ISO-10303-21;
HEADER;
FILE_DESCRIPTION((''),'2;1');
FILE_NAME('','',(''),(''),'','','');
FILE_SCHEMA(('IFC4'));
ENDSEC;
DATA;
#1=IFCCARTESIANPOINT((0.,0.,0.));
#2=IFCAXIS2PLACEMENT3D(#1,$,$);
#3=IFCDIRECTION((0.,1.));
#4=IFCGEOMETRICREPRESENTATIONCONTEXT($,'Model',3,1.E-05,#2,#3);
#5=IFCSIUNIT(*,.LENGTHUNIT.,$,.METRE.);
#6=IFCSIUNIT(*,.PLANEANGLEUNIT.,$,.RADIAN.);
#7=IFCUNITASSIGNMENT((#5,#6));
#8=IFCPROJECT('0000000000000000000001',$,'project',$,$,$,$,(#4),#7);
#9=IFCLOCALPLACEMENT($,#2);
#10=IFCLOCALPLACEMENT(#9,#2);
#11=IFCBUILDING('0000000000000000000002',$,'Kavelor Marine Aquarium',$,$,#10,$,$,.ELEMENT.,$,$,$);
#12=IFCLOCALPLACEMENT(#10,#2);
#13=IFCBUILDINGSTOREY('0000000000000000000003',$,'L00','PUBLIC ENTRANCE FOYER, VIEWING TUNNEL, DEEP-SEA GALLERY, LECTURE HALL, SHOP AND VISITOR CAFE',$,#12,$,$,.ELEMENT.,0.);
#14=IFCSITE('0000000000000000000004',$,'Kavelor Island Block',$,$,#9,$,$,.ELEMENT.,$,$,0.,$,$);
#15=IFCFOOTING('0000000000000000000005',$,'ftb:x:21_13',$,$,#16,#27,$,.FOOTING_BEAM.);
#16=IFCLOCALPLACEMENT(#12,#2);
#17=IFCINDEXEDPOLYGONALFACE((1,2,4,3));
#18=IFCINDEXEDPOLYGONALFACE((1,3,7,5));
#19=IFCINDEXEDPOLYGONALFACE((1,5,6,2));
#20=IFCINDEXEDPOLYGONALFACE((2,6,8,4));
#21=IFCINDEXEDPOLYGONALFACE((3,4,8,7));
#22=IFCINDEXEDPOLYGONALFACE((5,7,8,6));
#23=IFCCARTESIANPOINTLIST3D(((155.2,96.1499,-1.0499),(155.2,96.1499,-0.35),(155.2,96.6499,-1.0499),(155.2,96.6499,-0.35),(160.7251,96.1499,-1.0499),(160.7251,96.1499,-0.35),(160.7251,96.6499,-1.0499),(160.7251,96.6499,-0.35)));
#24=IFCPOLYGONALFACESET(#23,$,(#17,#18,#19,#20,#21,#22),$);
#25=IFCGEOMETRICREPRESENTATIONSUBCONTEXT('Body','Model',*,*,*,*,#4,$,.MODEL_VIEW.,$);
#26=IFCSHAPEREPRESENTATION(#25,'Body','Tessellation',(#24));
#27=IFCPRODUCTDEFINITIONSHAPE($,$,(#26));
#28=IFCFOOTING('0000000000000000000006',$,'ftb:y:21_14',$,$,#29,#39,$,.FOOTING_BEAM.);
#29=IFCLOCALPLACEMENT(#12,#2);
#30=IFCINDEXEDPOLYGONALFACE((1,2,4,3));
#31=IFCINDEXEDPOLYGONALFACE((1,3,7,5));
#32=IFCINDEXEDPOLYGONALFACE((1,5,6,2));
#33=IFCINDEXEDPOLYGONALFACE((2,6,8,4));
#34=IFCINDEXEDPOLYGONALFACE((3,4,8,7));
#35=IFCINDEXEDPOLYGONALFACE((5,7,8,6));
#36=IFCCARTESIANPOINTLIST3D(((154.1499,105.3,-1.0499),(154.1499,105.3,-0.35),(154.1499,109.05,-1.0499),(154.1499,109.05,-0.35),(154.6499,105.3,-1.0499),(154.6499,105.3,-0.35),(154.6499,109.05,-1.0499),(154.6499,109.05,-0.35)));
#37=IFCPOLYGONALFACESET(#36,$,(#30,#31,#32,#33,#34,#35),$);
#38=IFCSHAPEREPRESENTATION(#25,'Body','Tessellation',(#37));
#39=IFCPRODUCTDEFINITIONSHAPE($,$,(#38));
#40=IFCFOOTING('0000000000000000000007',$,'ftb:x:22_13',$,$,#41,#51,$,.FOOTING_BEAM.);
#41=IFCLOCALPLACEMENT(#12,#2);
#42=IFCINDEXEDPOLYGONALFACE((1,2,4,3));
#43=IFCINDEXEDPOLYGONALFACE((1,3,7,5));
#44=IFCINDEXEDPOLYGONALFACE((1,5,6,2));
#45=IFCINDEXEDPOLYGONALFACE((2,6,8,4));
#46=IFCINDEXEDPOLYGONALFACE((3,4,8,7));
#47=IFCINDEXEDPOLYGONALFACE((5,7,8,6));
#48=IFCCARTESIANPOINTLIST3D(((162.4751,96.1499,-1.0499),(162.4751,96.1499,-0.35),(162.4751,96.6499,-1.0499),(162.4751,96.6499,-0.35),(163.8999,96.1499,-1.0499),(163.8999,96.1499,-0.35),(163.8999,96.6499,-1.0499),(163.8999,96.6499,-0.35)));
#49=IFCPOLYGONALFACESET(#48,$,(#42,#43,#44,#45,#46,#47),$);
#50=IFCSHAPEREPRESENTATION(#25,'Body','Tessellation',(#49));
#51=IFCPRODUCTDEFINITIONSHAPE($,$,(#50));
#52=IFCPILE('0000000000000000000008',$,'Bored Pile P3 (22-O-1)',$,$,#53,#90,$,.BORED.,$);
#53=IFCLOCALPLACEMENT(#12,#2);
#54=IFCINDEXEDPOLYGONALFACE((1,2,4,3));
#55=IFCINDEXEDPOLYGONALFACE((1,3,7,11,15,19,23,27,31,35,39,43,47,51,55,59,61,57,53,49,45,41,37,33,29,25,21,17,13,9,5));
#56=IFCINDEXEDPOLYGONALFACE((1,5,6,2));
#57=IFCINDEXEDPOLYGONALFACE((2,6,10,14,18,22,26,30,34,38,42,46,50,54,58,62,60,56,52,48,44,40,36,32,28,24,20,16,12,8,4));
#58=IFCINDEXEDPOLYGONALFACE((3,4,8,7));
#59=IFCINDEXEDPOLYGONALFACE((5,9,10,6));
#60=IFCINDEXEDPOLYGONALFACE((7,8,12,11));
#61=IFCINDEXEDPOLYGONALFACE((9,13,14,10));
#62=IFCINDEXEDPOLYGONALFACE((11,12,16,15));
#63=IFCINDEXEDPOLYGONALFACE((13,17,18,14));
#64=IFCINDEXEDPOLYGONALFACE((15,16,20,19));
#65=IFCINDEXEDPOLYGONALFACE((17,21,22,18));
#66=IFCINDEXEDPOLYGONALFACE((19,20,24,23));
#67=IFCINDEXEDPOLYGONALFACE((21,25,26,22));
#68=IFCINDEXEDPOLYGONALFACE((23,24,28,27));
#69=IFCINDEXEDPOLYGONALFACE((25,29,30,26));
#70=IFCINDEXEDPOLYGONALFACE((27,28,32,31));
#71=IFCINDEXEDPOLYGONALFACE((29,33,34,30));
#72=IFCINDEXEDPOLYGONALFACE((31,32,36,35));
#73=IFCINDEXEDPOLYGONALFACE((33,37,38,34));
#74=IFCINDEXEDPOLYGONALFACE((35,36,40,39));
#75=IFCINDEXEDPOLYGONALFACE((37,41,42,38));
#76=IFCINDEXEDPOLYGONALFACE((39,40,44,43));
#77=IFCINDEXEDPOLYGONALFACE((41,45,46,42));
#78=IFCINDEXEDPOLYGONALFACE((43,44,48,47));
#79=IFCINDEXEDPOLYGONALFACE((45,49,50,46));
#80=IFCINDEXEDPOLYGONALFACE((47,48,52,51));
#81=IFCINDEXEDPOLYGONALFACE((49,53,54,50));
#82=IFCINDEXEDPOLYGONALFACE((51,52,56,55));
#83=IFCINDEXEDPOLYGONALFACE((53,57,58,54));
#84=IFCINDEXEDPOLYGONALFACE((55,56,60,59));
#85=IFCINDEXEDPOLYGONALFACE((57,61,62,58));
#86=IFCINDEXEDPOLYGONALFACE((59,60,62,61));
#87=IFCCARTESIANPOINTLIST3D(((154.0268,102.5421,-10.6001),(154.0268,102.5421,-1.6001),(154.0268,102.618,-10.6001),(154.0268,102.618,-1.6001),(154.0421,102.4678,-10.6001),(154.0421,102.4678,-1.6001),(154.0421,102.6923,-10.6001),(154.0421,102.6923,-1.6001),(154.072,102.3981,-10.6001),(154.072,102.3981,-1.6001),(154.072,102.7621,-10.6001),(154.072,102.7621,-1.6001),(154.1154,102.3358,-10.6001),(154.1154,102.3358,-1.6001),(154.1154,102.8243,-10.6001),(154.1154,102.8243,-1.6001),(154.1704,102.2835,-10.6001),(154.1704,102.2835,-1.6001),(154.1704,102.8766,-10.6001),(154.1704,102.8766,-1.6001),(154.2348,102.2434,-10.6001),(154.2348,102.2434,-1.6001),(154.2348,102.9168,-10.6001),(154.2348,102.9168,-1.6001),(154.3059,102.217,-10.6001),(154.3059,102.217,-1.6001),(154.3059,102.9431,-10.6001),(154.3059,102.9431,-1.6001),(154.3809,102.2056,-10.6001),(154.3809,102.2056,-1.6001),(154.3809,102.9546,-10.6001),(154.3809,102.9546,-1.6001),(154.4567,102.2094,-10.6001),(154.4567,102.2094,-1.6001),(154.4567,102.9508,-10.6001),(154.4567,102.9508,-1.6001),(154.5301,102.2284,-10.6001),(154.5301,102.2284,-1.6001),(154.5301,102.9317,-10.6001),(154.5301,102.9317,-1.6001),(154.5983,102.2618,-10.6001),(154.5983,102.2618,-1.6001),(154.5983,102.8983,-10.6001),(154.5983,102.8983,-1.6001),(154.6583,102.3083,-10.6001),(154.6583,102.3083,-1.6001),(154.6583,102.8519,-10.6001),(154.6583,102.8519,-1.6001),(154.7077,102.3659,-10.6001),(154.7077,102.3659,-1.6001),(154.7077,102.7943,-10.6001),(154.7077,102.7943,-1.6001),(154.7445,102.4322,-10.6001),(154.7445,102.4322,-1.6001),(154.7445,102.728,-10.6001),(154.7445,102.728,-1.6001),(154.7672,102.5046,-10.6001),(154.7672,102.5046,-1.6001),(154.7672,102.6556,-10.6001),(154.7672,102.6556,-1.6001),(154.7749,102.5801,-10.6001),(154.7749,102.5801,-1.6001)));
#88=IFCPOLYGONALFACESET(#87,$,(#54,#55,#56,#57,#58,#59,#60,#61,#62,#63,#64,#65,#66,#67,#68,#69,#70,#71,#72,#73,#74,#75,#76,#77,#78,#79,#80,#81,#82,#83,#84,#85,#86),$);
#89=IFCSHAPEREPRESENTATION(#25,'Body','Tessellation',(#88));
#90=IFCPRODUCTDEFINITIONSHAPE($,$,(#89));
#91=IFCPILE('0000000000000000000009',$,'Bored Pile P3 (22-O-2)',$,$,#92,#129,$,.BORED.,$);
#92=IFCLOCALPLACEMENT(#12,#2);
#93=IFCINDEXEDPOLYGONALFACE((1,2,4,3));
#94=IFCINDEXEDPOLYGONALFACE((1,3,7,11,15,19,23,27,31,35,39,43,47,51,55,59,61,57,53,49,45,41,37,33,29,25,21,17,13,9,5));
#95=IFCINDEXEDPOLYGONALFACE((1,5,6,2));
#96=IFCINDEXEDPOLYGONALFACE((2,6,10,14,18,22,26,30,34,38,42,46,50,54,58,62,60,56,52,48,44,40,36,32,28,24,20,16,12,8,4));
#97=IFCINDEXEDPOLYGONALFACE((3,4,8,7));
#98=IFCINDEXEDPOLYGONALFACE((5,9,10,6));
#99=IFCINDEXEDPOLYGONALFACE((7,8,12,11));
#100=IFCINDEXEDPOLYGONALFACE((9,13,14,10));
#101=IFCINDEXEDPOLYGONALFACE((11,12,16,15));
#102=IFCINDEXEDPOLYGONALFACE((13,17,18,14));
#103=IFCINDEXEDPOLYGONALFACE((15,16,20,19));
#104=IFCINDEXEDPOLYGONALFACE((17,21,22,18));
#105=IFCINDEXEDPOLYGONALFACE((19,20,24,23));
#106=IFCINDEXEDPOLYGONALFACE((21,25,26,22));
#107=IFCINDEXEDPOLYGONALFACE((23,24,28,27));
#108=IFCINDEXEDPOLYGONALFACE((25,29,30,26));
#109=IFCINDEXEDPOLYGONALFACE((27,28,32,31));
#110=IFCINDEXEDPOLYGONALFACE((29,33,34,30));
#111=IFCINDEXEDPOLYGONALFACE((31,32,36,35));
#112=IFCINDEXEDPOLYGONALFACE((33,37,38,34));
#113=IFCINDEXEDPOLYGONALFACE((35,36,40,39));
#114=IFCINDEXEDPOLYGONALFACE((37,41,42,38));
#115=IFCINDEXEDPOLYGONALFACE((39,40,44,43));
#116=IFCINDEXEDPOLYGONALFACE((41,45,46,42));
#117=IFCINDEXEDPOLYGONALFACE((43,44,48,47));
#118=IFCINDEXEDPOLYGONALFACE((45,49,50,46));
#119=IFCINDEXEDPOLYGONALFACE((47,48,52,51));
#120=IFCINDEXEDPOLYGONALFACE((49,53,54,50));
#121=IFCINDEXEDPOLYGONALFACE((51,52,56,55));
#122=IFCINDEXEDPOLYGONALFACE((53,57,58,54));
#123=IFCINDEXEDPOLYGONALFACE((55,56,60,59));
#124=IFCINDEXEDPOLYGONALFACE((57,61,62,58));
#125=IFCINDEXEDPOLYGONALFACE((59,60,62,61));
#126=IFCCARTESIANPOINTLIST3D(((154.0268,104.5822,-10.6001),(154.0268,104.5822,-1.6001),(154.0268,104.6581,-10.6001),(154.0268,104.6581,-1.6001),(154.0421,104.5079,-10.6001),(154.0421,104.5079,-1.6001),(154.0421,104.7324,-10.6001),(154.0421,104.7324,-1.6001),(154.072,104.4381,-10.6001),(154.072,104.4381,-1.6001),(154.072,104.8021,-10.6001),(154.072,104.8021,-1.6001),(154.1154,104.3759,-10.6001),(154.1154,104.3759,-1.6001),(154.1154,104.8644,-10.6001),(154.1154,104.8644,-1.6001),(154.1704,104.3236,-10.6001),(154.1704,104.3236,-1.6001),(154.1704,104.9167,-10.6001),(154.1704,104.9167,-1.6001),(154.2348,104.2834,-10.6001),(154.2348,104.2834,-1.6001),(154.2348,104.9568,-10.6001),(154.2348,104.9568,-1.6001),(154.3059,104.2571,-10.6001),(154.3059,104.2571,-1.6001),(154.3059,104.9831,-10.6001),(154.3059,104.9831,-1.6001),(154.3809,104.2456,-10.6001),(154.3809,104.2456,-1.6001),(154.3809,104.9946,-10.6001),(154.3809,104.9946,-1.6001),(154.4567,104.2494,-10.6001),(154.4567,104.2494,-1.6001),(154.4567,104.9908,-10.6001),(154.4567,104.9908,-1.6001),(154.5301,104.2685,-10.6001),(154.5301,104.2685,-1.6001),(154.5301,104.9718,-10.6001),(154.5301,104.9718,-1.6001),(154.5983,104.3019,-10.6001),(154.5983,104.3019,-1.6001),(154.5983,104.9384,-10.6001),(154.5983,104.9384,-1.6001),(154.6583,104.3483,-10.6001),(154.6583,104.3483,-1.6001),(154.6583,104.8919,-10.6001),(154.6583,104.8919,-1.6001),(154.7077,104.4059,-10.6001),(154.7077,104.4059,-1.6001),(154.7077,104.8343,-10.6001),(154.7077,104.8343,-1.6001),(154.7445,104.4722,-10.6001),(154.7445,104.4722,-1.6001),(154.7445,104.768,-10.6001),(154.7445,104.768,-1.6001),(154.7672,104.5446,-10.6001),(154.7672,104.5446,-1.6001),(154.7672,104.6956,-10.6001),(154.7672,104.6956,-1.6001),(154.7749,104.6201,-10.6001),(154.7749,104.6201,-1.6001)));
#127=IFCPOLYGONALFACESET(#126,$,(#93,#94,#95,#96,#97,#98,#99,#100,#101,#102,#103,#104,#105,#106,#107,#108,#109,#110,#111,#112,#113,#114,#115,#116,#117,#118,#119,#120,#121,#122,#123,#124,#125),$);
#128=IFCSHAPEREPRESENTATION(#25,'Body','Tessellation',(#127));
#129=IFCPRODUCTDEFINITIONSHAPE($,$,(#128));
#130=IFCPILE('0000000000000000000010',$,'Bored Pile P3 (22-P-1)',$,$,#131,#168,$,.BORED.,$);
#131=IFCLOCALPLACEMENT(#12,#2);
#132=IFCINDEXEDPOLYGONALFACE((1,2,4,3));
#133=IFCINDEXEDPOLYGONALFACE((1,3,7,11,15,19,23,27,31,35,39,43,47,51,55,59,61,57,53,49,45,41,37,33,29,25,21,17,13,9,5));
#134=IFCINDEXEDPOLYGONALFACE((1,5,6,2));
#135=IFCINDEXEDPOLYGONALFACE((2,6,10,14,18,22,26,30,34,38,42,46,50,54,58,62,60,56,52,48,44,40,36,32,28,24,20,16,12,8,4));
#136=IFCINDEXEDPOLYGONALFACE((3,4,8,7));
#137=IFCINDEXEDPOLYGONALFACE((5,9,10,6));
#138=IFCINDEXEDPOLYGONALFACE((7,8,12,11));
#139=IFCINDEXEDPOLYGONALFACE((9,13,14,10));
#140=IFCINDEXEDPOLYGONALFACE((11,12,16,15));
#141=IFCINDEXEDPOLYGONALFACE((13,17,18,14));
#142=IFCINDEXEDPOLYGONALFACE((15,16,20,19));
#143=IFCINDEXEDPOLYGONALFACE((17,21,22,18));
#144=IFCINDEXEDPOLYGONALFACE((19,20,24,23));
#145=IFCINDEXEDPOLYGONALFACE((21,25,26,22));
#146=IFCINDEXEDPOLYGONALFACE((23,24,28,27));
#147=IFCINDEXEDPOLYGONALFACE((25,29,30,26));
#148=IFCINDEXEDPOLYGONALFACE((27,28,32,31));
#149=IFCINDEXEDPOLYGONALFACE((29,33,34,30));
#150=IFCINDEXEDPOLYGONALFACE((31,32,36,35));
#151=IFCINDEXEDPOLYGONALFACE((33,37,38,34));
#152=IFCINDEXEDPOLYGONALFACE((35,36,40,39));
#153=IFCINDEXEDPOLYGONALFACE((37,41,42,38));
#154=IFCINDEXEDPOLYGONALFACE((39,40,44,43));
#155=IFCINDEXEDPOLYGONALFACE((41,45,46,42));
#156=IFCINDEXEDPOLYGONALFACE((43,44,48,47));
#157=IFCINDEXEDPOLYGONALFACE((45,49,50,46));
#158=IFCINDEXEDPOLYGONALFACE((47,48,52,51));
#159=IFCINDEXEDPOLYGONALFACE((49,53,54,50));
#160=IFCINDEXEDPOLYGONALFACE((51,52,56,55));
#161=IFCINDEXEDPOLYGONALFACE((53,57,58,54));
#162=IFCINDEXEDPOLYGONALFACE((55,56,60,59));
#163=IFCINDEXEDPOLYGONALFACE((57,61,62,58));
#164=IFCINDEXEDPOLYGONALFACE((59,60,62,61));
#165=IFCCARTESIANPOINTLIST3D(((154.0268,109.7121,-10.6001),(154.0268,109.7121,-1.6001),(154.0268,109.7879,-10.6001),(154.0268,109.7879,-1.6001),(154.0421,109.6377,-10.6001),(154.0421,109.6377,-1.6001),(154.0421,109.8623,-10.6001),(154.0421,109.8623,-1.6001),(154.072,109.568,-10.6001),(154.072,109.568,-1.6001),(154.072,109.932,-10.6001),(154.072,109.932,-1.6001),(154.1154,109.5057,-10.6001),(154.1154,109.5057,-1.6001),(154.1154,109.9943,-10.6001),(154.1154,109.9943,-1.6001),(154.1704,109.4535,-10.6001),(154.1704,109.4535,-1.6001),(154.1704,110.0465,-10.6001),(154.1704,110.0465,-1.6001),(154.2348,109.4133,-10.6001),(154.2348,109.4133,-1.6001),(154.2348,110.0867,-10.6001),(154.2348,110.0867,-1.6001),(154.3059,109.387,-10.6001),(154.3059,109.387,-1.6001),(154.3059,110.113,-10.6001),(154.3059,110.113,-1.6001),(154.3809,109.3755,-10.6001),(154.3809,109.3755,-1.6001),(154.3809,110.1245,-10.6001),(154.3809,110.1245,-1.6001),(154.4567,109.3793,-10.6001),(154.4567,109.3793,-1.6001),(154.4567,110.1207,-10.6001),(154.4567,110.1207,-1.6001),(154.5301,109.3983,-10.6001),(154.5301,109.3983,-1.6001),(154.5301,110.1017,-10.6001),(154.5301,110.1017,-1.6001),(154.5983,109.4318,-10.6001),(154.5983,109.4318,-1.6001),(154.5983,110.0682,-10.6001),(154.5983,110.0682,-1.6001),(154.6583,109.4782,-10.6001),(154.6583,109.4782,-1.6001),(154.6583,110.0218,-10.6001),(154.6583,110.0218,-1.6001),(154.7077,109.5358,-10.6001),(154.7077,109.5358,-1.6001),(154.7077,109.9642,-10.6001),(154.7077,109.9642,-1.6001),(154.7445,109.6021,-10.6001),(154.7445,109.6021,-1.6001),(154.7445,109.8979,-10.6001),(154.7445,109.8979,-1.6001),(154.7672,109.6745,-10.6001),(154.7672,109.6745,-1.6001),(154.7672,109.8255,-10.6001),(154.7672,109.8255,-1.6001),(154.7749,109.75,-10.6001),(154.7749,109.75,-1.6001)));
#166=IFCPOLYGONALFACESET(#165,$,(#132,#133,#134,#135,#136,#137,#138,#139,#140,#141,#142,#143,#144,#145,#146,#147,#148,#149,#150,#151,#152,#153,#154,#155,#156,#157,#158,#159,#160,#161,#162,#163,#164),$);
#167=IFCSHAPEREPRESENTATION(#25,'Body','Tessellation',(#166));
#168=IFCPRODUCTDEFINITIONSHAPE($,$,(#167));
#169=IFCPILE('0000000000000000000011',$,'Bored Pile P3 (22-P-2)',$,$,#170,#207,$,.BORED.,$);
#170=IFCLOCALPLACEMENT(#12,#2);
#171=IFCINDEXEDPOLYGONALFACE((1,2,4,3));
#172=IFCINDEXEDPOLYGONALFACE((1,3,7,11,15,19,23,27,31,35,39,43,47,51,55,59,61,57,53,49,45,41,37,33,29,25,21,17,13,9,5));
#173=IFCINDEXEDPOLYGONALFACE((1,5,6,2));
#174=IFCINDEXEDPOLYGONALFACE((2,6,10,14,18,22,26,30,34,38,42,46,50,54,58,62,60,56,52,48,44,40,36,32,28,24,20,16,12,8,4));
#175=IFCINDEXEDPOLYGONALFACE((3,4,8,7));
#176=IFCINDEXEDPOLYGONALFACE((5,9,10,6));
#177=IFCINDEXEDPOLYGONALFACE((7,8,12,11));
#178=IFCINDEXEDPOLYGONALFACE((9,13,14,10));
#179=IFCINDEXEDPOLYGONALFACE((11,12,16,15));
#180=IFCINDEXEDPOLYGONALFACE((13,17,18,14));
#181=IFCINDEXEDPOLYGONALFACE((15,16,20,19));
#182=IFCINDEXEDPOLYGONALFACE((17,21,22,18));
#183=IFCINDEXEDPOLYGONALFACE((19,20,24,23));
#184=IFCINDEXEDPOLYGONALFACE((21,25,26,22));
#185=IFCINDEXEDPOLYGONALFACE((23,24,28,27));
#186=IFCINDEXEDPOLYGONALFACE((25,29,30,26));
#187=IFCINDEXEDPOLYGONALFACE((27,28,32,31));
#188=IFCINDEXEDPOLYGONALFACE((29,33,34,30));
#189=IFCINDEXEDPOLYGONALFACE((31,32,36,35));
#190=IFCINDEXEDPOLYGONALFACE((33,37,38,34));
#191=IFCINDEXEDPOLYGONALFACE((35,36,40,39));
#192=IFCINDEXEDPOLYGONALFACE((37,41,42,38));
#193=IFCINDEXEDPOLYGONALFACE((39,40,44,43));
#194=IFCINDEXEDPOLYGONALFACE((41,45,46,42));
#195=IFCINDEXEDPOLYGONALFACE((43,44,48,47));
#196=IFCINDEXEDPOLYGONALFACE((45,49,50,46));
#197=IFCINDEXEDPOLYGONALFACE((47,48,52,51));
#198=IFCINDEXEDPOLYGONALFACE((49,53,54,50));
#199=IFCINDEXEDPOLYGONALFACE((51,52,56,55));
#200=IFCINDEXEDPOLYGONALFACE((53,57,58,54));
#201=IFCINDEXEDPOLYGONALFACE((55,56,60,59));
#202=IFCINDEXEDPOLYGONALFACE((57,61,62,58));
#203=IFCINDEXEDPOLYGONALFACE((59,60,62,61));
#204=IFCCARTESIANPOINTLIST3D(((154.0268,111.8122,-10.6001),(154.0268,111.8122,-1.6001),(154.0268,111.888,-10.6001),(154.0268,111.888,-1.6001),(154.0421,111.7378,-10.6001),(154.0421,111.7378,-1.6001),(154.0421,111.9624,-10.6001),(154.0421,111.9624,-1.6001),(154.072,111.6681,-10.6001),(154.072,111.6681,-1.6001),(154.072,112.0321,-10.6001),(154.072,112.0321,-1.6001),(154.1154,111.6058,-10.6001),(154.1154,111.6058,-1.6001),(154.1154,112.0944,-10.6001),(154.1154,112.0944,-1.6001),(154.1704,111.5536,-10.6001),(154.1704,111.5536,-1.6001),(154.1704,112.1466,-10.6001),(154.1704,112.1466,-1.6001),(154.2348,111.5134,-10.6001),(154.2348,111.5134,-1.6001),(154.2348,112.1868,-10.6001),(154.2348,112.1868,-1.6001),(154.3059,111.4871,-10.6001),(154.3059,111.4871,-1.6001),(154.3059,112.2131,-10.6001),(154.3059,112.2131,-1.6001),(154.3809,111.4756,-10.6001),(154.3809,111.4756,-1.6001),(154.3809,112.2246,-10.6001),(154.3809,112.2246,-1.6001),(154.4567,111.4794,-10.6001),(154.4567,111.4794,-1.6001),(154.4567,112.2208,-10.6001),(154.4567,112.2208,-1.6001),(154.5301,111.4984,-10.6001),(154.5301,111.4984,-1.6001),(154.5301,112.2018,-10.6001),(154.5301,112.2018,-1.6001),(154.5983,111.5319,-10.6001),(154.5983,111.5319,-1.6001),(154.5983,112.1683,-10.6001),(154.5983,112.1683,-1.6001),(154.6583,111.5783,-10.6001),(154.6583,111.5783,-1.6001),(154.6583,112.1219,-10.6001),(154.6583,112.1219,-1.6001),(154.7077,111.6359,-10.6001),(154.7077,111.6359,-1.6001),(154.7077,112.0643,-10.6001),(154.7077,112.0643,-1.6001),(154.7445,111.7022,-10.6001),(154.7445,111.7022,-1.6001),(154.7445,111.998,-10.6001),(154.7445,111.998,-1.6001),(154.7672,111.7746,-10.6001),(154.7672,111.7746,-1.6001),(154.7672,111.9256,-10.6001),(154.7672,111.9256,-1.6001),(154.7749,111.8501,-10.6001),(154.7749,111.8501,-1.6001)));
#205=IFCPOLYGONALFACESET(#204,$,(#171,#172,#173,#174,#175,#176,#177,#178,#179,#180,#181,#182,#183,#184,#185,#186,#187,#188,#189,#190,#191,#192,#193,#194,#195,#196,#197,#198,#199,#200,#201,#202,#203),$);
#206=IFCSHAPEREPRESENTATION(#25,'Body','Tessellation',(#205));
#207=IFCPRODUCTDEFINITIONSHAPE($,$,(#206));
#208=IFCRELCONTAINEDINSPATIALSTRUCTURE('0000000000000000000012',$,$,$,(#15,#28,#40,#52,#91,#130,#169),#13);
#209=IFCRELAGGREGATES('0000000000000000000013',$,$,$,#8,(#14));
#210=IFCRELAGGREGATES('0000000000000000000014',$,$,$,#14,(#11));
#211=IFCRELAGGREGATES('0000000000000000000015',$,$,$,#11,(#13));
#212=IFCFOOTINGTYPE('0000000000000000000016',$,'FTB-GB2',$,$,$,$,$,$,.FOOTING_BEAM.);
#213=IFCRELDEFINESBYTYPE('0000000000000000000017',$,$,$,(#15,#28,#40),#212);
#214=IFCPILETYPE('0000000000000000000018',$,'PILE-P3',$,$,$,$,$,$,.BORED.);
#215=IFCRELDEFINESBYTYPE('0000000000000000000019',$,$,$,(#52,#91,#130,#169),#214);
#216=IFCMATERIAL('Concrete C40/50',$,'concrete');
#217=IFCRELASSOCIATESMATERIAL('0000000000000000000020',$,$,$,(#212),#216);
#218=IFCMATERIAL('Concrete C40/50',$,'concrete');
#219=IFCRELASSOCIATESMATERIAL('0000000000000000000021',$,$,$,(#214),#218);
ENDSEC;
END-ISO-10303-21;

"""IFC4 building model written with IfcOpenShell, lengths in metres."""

from ifc_helpers import new_model, si_unit, direction, frame, origin, origin_2d, place, context, subcontext, project, spatial, rectangle, circle, extrude, material, material_profile, profile_set, type_object, element, save


model = new_model("IFC4")

# Units and contexts
model_context = context("Model", 3, precision=1e-05, world=origin(), true_north=direction((0.0, 1.0)))
body_context = subcontext(model_context, "Body", "Model", "MODEL_VIEW")
ifc_project = project(units=[si_unit("LENGTHUNIT", "METRE"), si_unit("PLANEANGLEUNIT", "RADIAN")], contexts=[model_context])

# Site, building, storey
site_placement = place(None, origin())
site = spatial("IfcSite", under=ifc_project, at=site_placement, Name="Kavelor Island Block", CompositionType="ELEMENT", RefElevation=0.0)
building_placement = place(site_placement, origin())
building = spatial("IfcBuilding", under=site, at=building_placement, Name="Kavelor Marine Aquarium", CompositionType="ELEMENT")
storey_placement = place(building_placement, origin())
storey = spatial("IfcBuildingStorey", under=building, at=storey_placement, Name="L00", Description="PUBLIC ENTRANCE FOYER, VIEWING TUNNEL, DEEP-SEA GALLERY, LECTURE HALL, SHOP AND VISITOR CAFE", CompositionType="ELEMENT", Elevation=0.0)

# Footings
ifc_material_1 = material(Name="Concrete C40/50", Category="concrete")
ifc_material_profile_1 = material_profile(ifc_material_1, rectangle(XDim=0.5, YDim=0.7, at=origin_2d()), Name="GB 500x700")
ifc_profile_set_1 = profile_set([ifc_material_profile_1], Name="Concrete C40/50")
footing_type = type_object("IfcFootingType", Name="FTB-GB2", PredefinedType="FOOTING_BEAM", material=ifc_profile_set_1)
footing_1_placement = place(storey_placement, frame((155.2, 96.3999, -0.7), z_axis=(1.0, 0.0, 0.0), x_axis=(0.0, 1.0, 0.0)))
element("IfcFooting", 1, at=footing_1_placement, inside=storey, type_object=footing_type, Name="ftb:x:21_13", PredefinedType="FOOTING_BEAM", context=body_context, shape_type="SweptSolid", body=[
    extrude(rectangle(XDim=0.5, YDim=0.7, at=origin_2d()), origin(), (0.0, 0.0, 1.0), 5.5251),
])
footing_2_placement = place(storey_placement, frame((154.3999, 105.3, -0.7), z_axis=(0.0, 1.0, 0.0), x_axis=(-1.0, 0.0, 0.0)))
element("IfcFooting", 2, at=footing_2_placement, inside=storey, type_object=footing_type, Name="ftb:y:21_14", PredefinedType="FOOTING_BEAM", context=body_context, shape_type="SweptSolid", body=[
    extrude(rectangle(XDim=0.5, YDim=0.7, at=origin_2d()), origin(), (0.0, 0.0, 1.0), 3.75),
])
footing_3_placement = place(storey_placement, frame((162.4751, 96.3999, -0.7), z_axis=(1.0, 0.0, 0.0), x_axis=(0.0, 1.0, 0.0)))
element("IfcFooting", 3, at=footing_3_placement, inside=storey, type_object=footing_type, Name="ftb:x:22_13", PredefinedType="FOOTING_BEAM", context=body_context, shape_type="SweptSolid", body=[
    extrude(rectangle(XDim=0.5, YDim=0.7, at=origin_2d()), origin(), (0.0, 0.0, 1.0), 1.4248),
])

# Piles
ifc_material_2 = material(Name="Concrete C40/50", Category="concrete")
ifc_material_profile_2 = material_profile(ifc_material_2, circle(Radius=0.375, at=origin_2d()), Name="PILE D750")
ifc_profile_set_2 = profile_set([ifc_material_profile_2], Name="Concrete C40/50")
pile_type = type_object("IfcPileType", Name="PILE-P3", PredefinedType="BORED", material=ifc_profile_set_2)
for number, where, z_axis, x_axis, name in (
    (4, (154.3999, 102.5801, -1.6001), (0.0, 0.0, -1.0), (1.0, 0.0, 0.0), "Bored Pile P3 (22-O-1)"),
    (5, (154.3999, 104.6201, -1.6001), (0.0, 0.0, -1.0), (1.0, 0.0, 0.0), "Bored Pile P3 (22-O-2)"),
    (6, (154.3999, 109.75, -1.6001), (0.0, 0.0, -1.0), (1.0, 0.0, 0.0), "Bored Pile P3 (22-P-1)"),
    (7, (154.3999, 111.8501, -1.6001), (0.0, 0.0, -1.0), (1.0, 0.0, 0.0), "Bored Pile P3 (22-P-2)"),
):
    element("IfcPile", number, at=place(storey_placement, frame(where, z_axis=z_axis, x_axis=x_axis)), inside=storey, type_object=pile_type, Name=name, PredefinedType="BORED", context=body_context, shape_type="SweptSolid", body=[
        extrude(circle(Radius=0.375, at=origin_2d()), origin(), (0.0, 0.0, 1.0), 9.0),
    ])

save(model, "model.ifc")
